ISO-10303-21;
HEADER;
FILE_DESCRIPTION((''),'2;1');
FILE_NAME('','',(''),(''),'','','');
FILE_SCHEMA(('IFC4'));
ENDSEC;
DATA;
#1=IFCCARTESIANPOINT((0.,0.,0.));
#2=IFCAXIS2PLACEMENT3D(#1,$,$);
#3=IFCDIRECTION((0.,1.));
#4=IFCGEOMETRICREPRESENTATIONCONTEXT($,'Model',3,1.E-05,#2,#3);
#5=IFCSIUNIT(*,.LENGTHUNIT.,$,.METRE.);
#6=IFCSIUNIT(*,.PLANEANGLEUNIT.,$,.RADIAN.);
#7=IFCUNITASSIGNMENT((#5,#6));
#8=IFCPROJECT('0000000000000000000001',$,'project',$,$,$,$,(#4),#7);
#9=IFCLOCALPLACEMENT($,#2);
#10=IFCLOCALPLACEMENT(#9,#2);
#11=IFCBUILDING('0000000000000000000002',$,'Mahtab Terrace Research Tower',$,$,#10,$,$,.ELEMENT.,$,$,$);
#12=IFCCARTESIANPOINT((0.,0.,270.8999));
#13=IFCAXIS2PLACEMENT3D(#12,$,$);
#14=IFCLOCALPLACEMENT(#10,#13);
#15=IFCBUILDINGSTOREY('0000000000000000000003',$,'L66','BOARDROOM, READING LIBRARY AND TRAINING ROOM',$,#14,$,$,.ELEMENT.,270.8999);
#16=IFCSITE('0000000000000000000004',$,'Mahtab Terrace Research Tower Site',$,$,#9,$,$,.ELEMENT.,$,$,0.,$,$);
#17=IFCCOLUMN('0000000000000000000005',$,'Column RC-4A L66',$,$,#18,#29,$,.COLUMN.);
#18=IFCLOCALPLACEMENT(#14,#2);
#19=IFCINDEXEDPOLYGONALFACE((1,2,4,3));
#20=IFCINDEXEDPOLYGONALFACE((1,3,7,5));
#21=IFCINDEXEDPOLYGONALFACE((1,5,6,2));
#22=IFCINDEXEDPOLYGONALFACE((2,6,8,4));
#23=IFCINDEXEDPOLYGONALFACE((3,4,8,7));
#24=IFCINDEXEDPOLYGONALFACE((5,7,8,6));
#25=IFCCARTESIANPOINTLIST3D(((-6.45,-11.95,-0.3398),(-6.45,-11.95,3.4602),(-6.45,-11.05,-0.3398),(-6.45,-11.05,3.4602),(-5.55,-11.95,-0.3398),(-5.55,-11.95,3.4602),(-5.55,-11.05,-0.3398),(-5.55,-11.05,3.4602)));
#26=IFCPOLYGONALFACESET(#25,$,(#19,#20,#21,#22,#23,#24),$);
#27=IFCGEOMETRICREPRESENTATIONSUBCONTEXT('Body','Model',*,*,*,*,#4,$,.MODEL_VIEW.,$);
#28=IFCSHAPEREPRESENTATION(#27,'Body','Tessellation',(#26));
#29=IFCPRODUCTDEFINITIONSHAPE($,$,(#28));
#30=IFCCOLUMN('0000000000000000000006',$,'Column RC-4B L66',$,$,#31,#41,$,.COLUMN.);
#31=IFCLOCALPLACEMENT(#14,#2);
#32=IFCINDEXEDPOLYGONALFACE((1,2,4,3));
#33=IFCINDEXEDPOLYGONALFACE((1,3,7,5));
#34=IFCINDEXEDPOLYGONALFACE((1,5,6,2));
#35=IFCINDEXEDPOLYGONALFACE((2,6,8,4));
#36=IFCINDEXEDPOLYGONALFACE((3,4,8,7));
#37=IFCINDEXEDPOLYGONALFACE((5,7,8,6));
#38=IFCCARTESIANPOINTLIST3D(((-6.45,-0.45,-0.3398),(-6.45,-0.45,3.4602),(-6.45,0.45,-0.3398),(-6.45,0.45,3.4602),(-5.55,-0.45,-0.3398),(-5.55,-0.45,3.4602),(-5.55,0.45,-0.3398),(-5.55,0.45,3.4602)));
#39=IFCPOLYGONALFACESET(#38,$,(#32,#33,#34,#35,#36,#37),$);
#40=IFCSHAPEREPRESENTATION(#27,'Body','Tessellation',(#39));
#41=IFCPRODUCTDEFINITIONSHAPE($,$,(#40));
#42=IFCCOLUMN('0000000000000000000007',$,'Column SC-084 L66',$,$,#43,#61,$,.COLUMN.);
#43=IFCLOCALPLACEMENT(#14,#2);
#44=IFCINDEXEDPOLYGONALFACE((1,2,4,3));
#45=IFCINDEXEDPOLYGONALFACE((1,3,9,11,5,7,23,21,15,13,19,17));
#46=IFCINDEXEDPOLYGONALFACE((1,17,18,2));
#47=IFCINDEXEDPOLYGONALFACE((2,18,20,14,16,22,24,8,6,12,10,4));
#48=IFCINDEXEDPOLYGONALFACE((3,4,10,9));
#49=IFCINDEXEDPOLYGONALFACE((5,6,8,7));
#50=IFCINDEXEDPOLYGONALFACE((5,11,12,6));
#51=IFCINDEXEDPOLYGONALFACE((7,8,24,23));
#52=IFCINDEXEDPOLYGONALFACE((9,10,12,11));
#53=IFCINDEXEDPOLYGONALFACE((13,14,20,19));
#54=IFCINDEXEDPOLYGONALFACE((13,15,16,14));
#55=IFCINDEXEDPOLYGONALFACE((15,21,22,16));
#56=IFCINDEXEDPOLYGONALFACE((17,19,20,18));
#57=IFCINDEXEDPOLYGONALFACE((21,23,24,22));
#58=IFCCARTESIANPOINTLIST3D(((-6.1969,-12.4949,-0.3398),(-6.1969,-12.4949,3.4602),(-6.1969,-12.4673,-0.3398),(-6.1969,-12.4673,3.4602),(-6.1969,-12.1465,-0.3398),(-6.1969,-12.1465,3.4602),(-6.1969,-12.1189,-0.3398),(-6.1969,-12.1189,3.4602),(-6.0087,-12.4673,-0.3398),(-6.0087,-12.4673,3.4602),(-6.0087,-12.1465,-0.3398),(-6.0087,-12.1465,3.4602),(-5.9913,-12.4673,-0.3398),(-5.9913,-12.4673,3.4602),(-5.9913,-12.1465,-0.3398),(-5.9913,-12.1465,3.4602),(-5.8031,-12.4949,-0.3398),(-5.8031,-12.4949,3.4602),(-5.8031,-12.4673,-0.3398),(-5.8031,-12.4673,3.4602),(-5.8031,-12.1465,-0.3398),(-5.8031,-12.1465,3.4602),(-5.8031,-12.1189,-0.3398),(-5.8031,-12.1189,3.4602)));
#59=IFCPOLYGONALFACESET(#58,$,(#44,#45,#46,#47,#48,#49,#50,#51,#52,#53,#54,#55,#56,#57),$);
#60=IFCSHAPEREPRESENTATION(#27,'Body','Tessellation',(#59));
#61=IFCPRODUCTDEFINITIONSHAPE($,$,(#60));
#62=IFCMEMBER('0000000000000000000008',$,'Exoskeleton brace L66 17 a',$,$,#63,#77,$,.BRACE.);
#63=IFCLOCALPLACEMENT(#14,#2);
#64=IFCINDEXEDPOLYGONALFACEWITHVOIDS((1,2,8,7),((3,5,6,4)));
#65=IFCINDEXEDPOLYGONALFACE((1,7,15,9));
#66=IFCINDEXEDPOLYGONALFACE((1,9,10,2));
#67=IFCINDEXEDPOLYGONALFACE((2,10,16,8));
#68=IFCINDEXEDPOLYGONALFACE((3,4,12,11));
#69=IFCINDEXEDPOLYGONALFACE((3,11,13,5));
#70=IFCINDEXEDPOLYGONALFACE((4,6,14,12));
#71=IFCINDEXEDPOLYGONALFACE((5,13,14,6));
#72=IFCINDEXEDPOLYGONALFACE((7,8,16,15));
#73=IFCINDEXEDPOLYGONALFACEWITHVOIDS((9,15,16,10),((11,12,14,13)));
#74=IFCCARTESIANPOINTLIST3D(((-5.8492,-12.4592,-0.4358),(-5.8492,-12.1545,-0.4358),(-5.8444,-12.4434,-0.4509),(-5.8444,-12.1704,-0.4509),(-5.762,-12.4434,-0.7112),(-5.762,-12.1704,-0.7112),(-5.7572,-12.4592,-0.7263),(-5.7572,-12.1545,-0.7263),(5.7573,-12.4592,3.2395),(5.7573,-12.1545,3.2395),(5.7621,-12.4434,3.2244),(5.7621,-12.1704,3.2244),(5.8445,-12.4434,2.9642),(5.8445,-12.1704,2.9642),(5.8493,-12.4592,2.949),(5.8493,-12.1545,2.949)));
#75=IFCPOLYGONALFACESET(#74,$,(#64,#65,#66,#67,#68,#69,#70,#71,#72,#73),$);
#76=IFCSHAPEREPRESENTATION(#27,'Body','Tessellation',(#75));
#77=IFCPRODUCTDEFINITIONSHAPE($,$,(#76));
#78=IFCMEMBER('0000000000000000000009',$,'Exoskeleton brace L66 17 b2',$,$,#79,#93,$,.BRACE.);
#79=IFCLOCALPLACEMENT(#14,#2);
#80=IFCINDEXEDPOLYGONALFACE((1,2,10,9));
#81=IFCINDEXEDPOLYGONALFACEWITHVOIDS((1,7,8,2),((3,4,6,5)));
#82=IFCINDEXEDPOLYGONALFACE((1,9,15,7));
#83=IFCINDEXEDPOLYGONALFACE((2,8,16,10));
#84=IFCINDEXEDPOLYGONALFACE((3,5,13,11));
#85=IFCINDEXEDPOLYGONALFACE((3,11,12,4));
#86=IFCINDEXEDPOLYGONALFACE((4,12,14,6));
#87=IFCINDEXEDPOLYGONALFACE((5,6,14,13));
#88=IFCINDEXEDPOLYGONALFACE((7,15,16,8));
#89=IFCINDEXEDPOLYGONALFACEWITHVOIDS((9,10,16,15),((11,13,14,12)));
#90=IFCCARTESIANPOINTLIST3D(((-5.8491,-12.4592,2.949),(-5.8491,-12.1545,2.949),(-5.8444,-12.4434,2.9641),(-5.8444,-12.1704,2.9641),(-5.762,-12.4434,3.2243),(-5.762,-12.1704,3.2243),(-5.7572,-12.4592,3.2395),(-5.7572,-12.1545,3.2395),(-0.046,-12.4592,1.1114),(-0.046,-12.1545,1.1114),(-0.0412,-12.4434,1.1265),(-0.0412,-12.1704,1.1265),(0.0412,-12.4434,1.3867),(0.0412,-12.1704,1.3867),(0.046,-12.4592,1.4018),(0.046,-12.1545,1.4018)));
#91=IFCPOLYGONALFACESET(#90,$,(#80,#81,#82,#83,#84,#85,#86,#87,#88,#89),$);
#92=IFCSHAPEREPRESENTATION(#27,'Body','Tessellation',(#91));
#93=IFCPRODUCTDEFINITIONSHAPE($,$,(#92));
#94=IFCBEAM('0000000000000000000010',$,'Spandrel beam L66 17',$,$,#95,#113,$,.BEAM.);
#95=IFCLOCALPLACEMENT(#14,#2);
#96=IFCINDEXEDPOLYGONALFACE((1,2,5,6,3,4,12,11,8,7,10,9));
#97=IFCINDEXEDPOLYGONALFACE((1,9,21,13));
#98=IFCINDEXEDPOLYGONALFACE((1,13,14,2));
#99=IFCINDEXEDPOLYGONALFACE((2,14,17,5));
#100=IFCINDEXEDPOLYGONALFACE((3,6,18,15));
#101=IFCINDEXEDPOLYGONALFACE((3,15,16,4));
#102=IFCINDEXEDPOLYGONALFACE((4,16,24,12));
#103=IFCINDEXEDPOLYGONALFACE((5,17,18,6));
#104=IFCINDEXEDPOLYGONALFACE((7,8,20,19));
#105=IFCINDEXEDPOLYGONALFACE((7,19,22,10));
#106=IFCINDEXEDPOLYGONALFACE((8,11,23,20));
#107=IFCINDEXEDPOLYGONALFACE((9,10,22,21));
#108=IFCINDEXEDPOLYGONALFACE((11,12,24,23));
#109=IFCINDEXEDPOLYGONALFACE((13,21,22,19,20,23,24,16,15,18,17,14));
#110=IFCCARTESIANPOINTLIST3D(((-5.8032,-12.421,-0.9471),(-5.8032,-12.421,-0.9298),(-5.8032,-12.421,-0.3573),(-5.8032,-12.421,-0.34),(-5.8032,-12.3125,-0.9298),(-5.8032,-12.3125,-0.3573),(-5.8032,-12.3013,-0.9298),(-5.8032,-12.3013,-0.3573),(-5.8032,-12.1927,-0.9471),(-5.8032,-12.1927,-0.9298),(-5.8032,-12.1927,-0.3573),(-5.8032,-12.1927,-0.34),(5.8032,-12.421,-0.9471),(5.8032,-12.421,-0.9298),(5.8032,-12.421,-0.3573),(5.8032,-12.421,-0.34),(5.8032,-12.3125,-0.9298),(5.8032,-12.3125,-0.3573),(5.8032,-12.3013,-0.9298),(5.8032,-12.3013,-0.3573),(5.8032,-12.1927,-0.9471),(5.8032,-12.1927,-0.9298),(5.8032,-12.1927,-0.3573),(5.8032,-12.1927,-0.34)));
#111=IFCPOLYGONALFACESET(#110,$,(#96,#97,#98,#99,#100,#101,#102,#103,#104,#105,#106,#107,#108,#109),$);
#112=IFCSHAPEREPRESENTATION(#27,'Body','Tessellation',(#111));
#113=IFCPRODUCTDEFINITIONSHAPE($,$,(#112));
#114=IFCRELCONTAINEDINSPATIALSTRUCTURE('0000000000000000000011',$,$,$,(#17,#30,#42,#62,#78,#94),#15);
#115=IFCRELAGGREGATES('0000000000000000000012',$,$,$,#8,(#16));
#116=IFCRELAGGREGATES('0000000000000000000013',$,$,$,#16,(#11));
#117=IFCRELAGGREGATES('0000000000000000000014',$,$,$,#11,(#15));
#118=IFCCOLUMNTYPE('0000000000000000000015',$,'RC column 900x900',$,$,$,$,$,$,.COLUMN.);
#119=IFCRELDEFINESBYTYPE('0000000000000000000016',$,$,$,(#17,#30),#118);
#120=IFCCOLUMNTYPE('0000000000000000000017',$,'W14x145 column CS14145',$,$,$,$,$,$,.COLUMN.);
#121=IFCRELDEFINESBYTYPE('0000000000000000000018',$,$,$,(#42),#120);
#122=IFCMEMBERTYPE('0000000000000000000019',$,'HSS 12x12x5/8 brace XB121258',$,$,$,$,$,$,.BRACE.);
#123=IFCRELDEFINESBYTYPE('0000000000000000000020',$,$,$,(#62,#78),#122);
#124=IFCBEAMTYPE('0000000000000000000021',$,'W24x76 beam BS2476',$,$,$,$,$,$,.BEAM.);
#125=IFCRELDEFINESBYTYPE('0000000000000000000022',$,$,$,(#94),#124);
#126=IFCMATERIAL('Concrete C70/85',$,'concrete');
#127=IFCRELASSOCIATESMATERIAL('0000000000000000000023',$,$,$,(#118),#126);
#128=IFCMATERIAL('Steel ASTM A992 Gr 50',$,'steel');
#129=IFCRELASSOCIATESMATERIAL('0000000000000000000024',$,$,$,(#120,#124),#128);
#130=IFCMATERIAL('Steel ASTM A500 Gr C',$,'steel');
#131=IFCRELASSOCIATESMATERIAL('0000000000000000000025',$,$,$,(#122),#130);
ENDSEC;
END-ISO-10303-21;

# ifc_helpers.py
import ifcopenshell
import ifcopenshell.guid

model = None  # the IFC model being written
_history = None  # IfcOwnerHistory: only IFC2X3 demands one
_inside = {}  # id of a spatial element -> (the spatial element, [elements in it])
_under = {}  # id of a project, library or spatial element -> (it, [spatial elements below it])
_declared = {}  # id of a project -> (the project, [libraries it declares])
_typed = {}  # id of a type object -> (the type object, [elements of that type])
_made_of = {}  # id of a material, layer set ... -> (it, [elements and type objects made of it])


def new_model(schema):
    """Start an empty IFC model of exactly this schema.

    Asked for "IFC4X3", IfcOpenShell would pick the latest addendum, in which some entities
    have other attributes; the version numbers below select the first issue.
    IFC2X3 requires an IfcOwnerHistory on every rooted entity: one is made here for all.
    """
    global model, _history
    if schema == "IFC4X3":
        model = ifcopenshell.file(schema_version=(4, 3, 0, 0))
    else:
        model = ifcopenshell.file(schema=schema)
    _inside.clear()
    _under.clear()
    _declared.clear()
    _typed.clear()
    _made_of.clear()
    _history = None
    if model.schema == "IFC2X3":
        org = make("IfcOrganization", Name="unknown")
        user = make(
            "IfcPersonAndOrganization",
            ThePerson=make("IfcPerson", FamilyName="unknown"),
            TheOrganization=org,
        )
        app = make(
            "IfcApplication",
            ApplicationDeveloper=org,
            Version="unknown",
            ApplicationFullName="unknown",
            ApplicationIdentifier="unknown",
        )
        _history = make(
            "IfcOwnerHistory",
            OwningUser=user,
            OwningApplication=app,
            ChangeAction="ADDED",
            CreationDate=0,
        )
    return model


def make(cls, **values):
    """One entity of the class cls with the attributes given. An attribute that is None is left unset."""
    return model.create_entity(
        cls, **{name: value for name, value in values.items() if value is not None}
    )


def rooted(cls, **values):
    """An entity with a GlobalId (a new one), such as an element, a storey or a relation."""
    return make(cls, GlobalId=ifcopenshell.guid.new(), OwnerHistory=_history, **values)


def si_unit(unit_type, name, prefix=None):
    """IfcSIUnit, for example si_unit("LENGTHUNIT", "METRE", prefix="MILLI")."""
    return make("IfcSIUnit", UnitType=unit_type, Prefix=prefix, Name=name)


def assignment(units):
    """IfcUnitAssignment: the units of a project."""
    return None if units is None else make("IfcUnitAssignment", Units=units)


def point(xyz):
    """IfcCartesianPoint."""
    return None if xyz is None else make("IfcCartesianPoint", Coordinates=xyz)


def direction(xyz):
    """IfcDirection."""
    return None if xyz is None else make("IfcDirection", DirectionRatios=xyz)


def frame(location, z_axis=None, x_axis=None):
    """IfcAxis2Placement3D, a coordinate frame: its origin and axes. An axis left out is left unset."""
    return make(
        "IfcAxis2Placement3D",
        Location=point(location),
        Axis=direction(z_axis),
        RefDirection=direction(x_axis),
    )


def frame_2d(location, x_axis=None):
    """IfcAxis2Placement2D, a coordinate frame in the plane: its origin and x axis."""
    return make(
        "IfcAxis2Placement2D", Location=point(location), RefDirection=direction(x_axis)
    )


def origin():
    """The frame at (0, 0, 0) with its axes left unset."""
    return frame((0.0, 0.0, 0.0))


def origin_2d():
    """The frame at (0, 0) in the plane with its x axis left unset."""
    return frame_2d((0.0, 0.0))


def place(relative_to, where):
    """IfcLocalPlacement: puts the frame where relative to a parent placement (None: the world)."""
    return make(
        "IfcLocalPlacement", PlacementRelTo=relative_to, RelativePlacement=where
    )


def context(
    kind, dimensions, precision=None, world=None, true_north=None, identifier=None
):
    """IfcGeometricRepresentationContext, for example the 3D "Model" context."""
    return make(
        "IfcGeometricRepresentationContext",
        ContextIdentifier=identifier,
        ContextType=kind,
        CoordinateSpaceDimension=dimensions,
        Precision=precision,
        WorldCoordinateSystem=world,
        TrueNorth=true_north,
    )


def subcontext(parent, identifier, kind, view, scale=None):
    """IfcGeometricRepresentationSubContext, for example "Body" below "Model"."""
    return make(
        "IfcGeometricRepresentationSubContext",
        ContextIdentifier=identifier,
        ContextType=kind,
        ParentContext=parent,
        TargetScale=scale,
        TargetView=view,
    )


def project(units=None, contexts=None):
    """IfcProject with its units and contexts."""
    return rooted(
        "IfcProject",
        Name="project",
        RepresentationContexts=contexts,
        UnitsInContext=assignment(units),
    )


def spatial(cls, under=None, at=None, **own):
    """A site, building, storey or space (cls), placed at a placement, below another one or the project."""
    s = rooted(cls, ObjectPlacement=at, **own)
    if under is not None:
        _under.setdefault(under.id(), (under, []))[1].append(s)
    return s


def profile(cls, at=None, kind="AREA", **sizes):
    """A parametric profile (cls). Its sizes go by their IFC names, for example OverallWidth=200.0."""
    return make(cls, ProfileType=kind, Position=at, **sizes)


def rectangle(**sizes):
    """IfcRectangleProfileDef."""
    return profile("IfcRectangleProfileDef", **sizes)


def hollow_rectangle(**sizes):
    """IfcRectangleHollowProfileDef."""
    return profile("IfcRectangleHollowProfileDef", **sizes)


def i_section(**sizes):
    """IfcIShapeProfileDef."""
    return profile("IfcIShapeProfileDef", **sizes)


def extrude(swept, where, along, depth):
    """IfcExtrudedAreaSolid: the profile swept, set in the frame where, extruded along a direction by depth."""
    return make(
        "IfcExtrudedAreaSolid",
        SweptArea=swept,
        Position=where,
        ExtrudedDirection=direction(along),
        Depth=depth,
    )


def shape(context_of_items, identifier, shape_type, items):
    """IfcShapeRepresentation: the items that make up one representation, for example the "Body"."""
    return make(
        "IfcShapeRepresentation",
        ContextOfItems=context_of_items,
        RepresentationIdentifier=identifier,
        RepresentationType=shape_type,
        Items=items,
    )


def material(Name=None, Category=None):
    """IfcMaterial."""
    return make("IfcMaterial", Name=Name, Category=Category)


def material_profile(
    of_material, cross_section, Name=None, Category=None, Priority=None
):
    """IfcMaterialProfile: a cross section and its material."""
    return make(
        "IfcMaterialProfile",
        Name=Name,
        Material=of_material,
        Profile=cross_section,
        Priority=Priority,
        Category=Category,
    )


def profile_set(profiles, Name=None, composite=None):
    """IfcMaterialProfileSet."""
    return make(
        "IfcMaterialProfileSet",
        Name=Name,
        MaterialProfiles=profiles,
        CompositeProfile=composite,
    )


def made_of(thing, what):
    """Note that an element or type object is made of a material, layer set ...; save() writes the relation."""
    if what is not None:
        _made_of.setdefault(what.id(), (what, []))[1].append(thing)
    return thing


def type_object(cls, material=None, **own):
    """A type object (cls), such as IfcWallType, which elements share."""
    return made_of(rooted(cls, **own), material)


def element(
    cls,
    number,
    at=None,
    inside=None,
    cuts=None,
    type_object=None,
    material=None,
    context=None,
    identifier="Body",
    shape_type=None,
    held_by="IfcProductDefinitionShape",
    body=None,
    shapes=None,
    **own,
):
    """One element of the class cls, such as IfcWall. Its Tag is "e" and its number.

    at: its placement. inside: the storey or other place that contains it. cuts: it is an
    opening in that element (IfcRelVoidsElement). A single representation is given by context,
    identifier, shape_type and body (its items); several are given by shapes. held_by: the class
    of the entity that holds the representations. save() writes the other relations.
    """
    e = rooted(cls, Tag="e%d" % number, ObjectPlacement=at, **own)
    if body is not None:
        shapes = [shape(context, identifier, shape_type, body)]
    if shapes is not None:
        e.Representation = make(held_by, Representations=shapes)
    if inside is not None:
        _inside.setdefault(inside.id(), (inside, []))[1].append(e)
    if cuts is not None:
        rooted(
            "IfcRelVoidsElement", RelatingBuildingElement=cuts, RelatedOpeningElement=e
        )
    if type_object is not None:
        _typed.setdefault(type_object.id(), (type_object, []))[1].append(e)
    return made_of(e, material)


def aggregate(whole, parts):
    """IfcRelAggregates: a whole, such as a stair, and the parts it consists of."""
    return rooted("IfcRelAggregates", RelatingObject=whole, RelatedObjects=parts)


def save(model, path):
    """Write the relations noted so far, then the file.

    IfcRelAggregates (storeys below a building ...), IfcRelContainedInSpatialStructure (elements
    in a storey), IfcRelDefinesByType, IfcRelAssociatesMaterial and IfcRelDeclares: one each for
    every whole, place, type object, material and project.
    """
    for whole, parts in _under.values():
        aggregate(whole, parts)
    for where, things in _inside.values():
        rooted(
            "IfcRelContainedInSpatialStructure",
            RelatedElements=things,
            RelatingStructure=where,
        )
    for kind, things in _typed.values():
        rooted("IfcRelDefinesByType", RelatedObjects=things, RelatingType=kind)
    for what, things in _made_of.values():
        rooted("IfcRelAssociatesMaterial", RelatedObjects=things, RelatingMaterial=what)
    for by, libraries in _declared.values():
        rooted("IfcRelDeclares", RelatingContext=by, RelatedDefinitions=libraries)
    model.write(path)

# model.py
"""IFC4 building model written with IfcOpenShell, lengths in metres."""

from ifc_helpers import new_model, si_unit, direction, frame, origin, origin_2d, place, context, subcontext, project, spatial, rectangle, hollow_rectangle, i_section, extrude, material, material_profile, profile_set, type_object, element, save


model = new_model("IFC4")

# Units and contexts
model_context = context("Model", 3, precision=1e-05, world=origin(), true_north=direction((0.0, 1.0)))
body_context = subcontext(model_context, "Body", "Model", "MODEL_VIEW")
ifc_project = project(units=[si_unit("LENGTHUNIT", "METRE"), si_unit("PLANEANGLEUNIT", "RADIAN")], contexts=[model_context])

# Site, building, storey
site_placement = place(None, origin())
site = spatial("IfcSite", under=ifc_project, at=site_placement, Name="Mahtab Terrace Research Tower Site", CompositionType="ELEMENT", RefElevation=0.0)
building_placement = place(site_placement, origin())
building = spatial("IfcBuilding", under=site, at=building_placement, Name="Mahtab Terrace Research Tower", CompositionType="ELEMENT")
storey_placement = place(building_placement, frame((0.0, 0.0, 270.8999)))
storey = spatial("IfcBuildingStorey", under=building, at=storey_placement, Name="L66", Description="BOARDROOM, READING LIBRARY AND TRAINING ROOM", CompositionType="ELEMENT", Elevation=270.8999)

# Columns
ifc_material_1 = material(Name="Concrete C70/85", Category="concrete")
ifc_material_profile_1 = material_profile(ifc_material_1, rectangle(XDim=0.8999, YDim=0.8999, at=origin_2d()), Name="RC column 900x900")
ifc_profile_set_1 = profile_set([ifc_material_profile_1], Name="Concrete C70/85")
column_type_1 = type_object("IfcColumnType", Name="RC column 900x900", PredefinedType="COLUMN", material=ifc_profile_set_1)
for number, where, z_axis, x_axis, name in (
    (1, (-6.0, -11.5, -0.3398), (0.0, 0.0, 1.0), (1.0, 0.0, 0.0), "Column RC-4A L66"),
    (2, (-6.0, 0.0, -0.3398), (0.0, 0.0, 1.0), (1.0, 0.0, 0.0), "Column RC-4B L66"),
):
    element("IfcColumn", number, at=place(storey_placement, frame(where, z_axis=z_axis, x_axis=x_axis)), inside=storey, type_object=column_type_1, Name=name, PredefinedType="COLUMN", context=body_context, shape_type="SweptSolid", body=[
        extrude(rectangle(XDim=0.8999, YDim=0.8999, at=origin_2d()), origin(), (0.0, 0.0, 1.0), 3.8),
    ])
ifc_material_2 = material(Name="Steel ASTM A992 Gr 50", Category="steel")
ifc_material_profile_2 = material_profile(ifc_material_2, i_section(OverallWidth=0.3938, OverallDepth=0.376, WebThickness=0.0173, FlangeThickness=0.0276, at=origin_2d()), Name="W14X145")
ifc_profile_set_2 = profile_set([ifc_material_profile_2], Name="Steel ASTM A992 Gr 50")
column_type_2 = type_object("IfcColumnType", Name="W14x145 column CS14145", PredefinedType="COLUMN", material=ifc_profile_set_2)
column_placement = place(storey_placement, frame((-6.0, -12.3069, -0.3398), z_axis=(0.0, 0.0, 1.0), x_axis=(1.0, 0.0, 0.0)))
element("IfcColumn", 3, at=column_placement, inside=storey, type_object=column_type_2, Name="Column SC-084 L66", PredefinedType="COLUMN", context=body_context, shape_type="SweptSolid", body=[
    extrude(i_section(OverallWidth=0.3938, OverallDepth=0.376, WebThickness=0.0173, FlangeThickness=0.0276, at=origin_2d()), origin(), (0.0, 0.0, 1.0), 3.8),
])

# Members
ifc_material_3 = material(Name="Steel ASTM A500 Gr C", Category="steel")
ifc_material_profile_3 = material_profile(ifc_material_3, hollow_rectangle(XDim=0.3047, YDim=0.3047, WallThickness=0.0159, at=origin_2d()), Name="HSS12X12X5/8")
ifc_profile_set_3 = profile_set([ifc_material_profile_3], Name="Steel ASTM A500 Gr C")
member_type = type_object("IfcMemberType", Name="HSS 12x12x5/8 brace XB121258", PredefinedType="BRACE", material=ifc_profile_set_3)
member_1_placement = place(storey_placement, frame((-5.8032, -12.3069, -0.5811), z_axis=(0.953344, 0.0, 0.301886), x_axis=(0.0, 1.0, 0.0)))
element("IfcMember", 4, at=member_1_placement, inside=storey, type_object=member_type, Name="Exoskeleton brace L66 17 a", PredefinedType="BRACE", context=body_context, shape_type="SweptSolid", body=[
    extrude(hollow_rectangle(XDim=0.3047, YDim=0.3047, WallThickness=0.0159, at=origin_2d()), origin(), (0.0, 0.0, 1.0), 12.1746),
])
member_2_placement = place(storey_placement, frame((0.0, -12.3069, 1.2566), z_axis=(-0.953344, 0.0, 0.301886), x_axis=(0.0, -1.0, 0.0)))
element("IfcMember", 5, at=member_2_placement, inside=storey, type_object=member_type, Name="Exoskeleton brace L66 17 b2", PredefinedType="BRACE", context=body_context, shape_type="SweptSolid", body=[
    extrude(hollow_rectangle(XDim=0.3047, YDim=0.3047, WallThickness=0.0159, at=origin_2d()), origin(), (0.0, 0.0, 1.0), 6.0872),
])

# Beam
ifc_material_profile_4 = material_profile(ifc_material_2, i_section(OverallWidth=0.2283, OverallDepth=0.6072, WebThickness=0.0112, FlangeThickness=0.0173, at=origin_2d()), Name="W24X76")
ifc_profile_set_4 = profile_set([ifc_material_profile_4], Name="Steel ASTM A992 Gr 50")
beam_type = type_object("IfcBeamType", Name="W24x76 beam BS2476", PredefinedType="BEAM", material=ifc_profile_set_4)
beam_placement = place(storey_placement, frame((-5.8032, -12.3069, -0.6436), z_axis=(1.0, 0.0, 0.0), x_axis=(0.0, 1.0, 0.0)))
element("IfcBeam", 6, at=beam_placement, inside=storey, type_object=beam_type, Name="Spandrel beam L66 17", PredefinedType="BEAM", context=body_context, shape_type="SweptSolid", body=[
    extrude(i_section(OverallWidth=0.2283, OverallDepth=0.6072, WebThickness=0.0112, FlangeThickness=0.0173, at=origin_2d()), origin(), (0.0, 0.0, 1.0), 11.6064),
])

save(model, "model.ifc")
